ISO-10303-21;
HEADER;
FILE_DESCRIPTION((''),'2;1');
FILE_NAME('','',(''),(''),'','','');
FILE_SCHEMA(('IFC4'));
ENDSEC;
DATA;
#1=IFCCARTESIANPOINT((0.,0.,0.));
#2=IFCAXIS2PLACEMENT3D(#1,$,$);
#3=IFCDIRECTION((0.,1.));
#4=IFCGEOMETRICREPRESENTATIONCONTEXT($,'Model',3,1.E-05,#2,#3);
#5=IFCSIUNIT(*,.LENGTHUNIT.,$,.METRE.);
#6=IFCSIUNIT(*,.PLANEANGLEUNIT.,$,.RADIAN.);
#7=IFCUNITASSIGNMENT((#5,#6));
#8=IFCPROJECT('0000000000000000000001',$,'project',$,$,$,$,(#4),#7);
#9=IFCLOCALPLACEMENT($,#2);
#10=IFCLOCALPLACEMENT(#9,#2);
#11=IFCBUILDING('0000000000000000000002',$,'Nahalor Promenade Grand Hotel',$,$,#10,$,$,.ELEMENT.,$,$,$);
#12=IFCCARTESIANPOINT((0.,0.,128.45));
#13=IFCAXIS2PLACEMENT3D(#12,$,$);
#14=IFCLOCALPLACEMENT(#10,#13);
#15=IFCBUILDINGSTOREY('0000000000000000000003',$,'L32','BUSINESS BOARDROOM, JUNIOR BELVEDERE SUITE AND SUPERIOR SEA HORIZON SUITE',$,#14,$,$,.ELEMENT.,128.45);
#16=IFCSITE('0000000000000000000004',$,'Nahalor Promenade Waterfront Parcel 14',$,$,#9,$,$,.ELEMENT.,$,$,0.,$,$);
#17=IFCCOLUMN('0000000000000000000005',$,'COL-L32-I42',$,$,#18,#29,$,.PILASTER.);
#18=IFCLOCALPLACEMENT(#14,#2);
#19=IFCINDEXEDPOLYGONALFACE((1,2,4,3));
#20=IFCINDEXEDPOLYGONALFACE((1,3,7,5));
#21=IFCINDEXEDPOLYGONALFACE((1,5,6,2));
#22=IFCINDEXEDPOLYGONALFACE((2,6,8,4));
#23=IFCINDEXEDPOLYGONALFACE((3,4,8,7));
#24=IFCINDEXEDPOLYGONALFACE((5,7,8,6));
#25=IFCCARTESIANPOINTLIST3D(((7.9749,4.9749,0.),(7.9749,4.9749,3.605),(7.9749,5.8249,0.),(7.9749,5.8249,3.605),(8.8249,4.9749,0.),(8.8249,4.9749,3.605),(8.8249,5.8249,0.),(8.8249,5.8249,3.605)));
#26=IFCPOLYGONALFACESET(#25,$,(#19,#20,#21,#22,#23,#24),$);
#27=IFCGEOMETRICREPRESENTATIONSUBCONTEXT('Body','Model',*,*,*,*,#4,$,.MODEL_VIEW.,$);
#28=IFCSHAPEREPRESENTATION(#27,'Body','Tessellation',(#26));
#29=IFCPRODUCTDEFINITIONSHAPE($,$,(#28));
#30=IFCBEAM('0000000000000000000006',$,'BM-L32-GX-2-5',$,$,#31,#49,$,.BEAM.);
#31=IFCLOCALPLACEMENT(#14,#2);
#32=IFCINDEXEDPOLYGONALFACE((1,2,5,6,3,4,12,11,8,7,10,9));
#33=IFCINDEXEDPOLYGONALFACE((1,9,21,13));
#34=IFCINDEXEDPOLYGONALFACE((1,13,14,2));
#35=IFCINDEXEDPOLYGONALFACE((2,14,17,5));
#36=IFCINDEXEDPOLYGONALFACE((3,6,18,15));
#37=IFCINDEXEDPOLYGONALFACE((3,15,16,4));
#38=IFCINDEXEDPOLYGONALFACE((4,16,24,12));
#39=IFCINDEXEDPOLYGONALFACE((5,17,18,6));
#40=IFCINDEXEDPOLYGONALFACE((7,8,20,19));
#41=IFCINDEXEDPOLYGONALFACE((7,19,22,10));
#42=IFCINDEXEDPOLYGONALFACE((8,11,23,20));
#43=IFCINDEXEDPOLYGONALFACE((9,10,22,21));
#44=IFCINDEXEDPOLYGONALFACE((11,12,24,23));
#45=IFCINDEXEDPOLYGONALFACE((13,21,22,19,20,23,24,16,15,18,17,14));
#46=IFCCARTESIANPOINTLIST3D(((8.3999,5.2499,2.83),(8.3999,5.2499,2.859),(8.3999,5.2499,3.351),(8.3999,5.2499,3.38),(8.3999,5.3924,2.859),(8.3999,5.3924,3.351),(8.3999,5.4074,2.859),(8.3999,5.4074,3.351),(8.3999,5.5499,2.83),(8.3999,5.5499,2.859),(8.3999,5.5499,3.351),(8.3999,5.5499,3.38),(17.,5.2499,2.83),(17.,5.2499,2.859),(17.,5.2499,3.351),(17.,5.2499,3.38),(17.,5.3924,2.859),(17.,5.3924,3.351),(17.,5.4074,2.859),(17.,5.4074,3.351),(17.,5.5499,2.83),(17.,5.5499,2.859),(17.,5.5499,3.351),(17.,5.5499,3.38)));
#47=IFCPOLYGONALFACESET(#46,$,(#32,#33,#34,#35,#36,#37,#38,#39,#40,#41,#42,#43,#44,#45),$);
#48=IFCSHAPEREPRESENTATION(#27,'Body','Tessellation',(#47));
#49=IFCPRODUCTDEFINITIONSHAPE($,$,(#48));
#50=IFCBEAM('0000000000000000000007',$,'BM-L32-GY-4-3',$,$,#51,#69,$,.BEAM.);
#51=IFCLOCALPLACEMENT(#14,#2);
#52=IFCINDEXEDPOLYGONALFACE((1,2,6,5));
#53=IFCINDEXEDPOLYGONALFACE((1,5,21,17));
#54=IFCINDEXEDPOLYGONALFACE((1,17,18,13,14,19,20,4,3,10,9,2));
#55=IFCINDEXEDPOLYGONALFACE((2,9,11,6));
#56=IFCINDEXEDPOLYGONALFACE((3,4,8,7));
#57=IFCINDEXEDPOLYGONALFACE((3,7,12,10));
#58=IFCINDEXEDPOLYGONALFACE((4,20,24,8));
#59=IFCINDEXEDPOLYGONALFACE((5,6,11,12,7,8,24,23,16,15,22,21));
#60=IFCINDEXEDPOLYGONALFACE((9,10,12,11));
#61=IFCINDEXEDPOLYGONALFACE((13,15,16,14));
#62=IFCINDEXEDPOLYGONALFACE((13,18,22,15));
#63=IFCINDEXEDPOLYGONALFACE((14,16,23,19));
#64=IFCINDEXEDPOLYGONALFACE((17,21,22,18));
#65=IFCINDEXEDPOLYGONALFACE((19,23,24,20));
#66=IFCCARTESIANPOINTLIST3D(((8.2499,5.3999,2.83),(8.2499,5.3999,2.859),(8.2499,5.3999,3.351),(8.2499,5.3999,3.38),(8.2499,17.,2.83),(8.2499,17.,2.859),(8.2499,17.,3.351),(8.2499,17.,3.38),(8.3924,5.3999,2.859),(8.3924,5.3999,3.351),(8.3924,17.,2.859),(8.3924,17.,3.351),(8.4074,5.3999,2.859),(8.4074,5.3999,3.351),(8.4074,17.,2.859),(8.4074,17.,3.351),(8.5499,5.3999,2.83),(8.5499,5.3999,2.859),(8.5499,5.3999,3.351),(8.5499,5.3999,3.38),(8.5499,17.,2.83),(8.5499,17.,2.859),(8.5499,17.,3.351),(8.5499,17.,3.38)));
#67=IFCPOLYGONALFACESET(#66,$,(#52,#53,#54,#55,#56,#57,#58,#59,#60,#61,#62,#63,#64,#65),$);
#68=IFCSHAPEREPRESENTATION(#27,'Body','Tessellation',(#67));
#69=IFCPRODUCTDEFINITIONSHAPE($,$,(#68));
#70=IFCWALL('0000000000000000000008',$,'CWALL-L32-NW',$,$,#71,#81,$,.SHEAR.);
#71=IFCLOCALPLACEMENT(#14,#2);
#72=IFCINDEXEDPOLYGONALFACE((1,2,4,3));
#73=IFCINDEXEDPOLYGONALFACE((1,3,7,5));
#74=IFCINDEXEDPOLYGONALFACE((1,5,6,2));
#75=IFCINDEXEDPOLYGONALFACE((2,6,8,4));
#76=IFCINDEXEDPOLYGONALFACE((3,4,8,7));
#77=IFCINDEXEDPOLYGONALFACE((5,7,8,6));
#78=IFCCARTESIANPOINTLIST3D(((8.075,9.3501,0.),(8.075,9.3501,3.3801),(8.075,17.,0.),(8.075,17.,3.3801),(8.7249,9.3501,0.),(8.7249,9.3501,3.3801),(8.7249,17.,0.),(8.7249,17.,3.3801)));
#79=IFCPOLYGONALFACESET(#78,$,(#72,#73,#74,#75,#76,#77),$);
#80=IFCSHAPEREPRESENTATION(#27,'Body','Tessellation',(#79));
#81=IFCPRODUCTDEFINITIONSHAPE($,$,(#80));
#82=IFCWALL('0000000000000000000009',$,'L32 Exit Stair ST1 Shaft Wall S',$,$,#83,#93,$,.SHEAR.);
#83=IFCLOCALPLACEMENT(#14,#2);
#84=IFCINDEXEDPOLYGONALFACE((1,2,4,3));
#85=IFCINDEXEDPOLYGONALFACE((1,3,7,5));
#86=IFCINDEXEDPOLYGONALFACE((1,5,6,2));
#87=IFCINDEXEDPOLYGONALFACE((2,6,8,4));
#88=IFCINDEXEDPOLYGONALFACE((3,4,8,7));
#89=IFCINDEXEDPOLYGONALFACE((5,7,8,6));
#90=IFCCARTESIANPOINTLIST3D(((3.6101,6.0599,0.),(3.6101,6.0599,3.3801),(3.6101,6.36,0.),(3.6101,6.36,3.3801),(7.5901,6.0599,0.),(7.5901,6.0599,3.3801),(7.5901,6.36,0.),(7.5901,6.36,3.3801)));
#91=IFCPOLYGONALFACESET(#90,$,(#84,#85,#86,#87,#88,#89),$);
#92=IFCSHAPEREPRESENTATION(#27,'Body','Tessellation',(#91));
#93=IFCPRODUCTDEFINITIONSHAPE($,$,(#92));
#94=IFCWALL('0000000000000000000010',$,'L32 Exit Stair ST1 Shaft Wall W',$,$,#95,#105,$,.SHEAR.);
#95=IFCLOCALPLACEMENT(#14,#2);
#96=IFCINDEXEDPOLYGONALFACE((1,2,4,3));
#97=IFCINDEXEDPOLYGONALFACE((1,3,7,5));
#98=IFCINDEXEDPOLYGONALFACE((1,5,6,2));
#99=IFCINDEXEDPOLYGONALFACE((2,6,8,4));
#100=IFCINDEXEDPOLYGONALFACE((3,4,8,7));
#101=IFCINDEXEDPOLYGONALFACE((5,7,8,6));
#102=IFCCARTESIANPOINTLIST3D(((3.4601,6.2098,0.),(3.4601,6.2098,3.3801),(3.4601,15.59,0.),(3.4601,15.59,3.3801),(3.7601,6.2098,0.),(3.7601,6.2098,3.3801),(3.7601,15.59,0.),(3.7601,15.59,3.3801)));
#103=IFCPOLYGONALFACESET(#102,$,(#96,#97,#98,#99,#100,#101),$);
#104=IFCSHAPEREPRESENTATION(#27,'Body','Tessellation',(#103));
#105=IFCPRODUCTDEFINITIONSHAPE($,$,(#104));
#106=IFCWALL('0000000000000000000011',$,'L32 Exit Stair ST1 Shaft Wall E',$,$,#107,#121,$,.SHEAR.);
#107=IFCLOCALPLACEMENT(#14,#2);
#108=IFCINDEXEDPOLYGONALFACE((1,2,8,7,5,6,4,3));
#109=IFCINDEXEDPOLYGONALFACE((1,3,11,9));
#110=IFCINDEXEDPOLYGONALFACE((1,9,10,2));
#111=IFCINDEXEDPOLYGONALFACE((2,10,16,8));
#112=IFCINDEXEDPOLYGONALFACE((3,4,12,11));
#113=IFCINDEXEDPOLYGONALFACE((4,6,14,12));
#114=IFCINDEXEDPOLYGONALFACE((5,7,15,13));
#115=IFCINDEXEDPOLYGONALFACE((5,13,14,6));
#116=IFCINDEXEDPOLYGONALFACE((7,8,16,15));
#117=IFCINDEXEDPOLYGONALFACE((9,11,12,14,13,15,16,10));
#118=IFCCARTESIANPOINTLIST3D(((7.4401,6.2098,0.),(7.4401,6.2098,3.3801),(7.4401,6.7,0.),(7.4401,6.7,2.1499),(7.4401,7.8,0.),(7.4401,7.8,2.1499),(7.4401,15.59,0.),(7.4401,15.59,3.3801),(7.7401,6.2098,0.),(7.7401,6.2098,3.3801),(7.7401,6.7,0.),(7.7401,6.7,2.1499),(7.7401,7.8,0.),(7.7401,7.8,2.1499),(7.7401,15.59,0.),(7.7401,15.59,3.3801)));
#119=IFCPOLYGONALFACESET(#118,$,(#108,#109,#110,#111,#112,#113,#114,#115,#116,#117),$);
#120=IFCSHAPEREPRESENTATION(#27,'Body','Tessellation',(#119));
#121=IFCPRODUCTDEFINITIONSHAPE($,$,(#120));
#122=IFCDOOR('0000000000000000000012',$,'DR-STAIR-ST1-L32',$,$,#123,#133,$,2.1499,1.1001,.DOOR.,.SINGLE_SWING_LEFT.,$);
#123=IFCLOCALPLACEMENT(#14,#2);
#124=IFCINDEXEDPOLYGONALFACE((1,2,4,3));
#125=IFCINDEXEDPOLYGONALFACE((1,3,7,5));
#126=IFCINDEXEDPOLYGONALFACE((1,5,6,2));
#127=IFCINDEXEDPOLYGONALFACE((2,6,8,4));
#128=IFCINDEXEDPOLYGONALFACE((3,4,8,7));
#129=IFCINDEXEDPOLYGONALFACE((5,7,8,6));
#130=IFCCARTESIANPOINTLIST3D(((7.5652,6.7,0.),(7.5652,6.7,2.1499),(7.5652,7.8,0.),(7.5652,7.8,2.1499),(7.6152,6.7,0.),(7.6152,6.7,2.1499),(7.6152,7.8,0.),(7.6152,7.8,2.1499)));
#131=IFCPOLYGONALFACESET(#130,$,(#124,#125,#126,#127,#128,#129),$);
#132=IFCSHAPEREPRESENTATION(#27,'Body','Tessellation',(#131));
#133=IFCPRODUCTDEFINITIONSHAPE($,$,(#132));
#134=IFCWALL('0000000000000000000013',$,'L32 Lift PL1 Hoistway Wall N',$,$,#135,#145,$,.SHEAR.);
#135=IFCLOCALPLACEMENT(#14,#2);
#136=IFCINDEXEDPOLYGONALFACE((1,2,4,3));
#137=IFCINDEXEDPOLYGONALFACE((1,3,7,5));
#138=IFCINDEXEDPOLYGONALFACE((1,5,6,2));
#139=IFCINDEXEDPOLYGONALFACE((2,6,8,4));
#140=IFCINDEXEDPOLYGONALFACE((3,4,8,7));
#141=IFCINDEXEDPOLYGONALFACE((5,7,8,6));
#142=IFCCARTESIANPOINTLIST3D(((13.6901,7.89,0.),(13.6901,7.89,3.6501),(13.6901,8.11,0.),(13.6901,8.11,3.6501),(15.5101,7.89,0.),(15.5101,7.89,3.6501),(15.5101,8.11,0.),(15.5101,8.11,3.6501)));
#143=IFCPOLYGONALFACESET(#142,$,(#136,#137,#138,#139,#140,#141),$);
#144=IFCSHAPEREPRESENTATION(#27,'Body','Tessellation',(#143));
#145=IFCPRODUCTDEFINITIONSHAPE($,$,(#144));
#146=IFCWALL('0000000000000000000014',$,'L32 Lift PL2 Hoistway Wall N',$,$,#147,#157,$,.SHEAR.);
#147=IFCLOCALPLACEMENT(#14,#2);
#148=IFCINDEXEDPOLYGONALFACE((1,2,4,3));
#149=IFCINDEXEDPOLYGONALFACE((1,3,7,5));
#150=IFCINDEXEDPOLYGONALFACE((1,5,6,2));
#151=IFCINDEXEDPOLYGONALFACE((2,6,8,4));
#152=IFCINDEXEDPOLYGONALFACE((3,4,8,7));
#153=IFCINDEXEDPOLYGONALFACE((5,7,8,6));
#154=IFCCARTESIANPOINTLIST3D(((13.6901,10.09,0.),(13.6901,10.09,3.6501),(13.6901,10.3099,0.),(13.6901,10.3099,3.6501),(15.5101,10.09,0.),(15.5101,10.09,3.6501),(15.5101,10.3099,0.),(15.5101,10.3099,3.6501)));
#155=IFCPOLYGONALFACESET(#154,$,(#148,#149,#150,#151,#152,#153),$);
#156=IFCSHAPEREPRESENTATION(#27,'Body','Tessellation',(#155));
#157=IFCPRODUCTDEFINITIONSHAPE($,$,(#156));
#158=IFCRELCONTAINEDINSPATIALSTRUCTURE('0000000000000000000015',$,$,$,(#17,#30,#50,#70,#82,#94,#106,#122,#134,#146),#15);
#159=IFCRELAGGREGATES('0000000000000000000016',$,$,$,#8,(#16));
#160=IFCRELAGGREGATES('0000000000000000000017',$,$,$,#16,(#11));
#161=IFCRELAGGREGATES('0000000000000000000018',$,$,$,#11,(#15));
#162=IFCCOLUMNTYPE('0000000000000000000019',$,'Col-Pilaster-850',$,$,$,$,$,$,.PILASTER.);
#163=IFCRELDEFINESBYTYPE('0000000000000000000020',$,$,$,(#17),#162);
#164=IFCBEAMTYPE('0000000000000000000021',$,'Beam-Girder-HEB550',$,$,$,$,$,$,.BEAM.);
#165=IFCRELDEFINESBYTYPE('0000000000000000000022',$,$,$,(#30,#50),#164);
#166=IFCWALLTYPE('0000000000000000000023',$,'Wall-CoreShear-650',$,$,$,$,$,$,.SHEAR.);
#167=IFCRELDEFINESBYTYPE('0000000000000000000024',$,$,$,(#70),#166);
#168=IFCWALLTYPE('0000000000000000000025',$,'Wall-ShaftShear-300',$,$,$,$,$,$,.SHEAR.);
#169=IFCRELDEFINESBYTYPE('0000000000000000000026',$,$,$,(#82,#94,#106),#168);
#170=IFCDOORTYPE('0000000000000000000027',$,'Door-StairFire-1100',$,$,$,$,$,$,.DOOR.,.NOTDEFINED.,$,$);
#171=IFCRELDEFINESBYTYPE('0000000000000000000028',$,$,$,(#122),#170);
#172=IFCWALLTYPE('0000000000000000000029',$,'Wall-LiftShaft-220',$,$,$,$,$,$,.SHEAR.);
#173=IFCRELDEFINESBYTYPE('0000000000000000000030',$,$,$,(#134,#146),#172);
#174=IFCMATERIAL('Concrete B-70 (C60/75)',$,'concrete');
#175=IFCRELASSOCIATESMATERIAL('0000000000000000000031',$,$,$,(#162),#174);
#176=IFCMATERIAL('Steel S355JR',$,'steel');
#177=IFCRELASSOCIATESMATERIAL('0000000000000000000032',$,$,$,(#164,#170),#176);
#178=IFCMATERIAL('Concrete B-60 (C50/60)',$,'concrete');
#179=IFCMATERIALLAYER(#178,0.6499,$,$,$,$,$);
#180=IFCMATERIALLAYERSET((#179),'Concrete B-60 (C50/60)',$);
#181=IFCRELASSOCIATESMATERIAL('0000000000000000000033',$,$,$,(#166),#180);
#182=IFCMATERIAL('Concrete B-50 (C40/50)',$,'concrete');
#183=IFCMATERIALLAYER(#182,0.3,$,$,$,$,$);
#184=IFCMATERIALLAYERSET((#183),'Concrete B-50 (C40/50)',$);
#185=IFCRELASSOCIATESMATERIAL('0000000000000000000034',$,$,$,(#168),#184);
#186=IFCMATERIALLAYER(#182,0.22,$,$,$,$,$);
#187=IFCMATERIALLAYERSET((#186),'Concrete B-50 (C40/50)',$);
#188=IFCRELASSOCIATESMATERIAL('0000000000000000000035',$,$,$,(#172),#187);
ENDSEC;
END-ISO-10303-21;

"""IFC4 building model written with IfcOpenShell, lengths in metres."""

from ifc_helpers import new_model, si_unit, direction, frame, frame_2d, origin, origin_2d, place, context, subcontext, project, spatial, rectangle, i_section, extrude, source, transform, mapped, material, layer, layer_set, material_profile, profile_set, type_object, element, fill, save


model = new_model("IFC4")

# Units and contexts
model_context = context("Model", 3, precision=1e-05, world=origin(), true_north=direction((0.0, 1.0)))
body_context = subcontext(model_context, "Body", "Model", "MODEL_VIEW")
ifc_project = project(units=[si_unit("LENGTHUNIT", "METRE"), si_unit("PLANEANGLEUNIT", "RADIAN")], contexts=[model_context])

# Site, building, storey
site_placement = place(None, origin())
site = spatial("IfcSite", under=ifc_project, at=site_placement, Name="Nahalor Promenade Waterfront Parcel 14", CompositionType="ELEMENT", RefElevation=0.0)
building_placement = place(site_placement, origin())
building = spatial("IfcBuilding", under=site, at=building_placement, Name="Nahalor Promenade Grand Hotel", CompositionType="ELEMENT")
storey_placement = place(building_placement, frame((0.0, 0.0, 128.45)))
storey = spatial("IfcBuildingStorey", under=building, at=storey_placement, Name="L32", Description="BUSINESS BOARDROOM, JUNIOR BELVEDERE SUITE AND SUPERIOR SEA HORIZON SUITE", CompositionType="ELEMENT", Elevation=128.45)

# Column
ifc_material_1 = material(Name="Concrete B-70 (C60/75)", Category="concrete")
ifc_material_profile_1 = material_profile(ifc_material_1, rectangle(XDim=0.85, YDim=0.85, at=origin_2d()), Name="RC 850x850")
ifc_profile_set_1 = profile_set([ifc_material_profile_1], Name="Concrete B-70 (C60/75)")
column_type = type_object("IfcColumnType", Name="Col-Pilaster-850", PredefinedType="PILASTER", material=ifc_profile_set_1)
shared_shape_1 = source(origin(), body_context, "Body", "SweptSolid", [
    extrude(rectangle(XDim=0.85, YDim=0.85, at=origin_2d()), origin(), (0.0, 0.0, 1.0), 3.605),
])
column_placement = place(storey_placement, frame((8.3999, 5.3999, 0.0), z_axis=(0.0, 0.0, 1.0), x_axis=(1.0, 0.0, 0.0)))
element("IfcColumn", 1, at=column_placement, inside=storey, type_object=column_type, Name="COL-L32-I42", PredefinedType="PILASTER", context=body_context, shape_type="MappedRepresentation", body=[
    mapped(shared_shape_1, transform((0.0, 0.0, 0.0), scale=1.0)),
])

# Beams
ifc_material_2 = material(Name="Steel S355JR", Category="steel")
ifc_material_profile_2 = material_profile(ifc_material_2, i_section(OverallWidth=0.3, OverallDepth=0.55, WebThickness=0.015, FlangeThickness=0.029, at=origin_2d()), Name="HEB 550")
ifc_profile_set_2 = profile_set([ifc_material_profile_2], Name="Steel S355JR")
beam_type = type_object("IfcBeamType", Name="Beam-Girder-HEB550", PredefinedType="BEAM", material=ifc_profile_set_2)
shared_shape_2 = source(origin(), body_context, "Body", "SweptSolid", [
    extrude(i_section(OverallWidth=0.3, OverallDepth=0.55, WebThickness=0.015, FlangeThickness=0.029, at=origin_2d()), origin(), (0.0, 0.0, 1.0), 8.6001),
])
beam_1_placement = place(storey_placement, frame((8.3999, 5.3999, 3.105), z_axis=(1.0, 0.0, 0.0), x_axis=(0.0, 1.0, 0.0)))
element("IfcBeam", 2, at=beam_1_placement, inside=storey, type_object=beam_type, Name="BM-L32-GX-2-5", PredefinedType="BEAM", context=body_context, shape_type="MappedRepresentation", body=[
    mapped(shared_shape_2, transform((0.0, 0.0, 0.0), scale=1.0)),
])
shared_shape_3 = source(origin(), body_context, "Body", "SweptSolid", [
    extrude(i_section(OverallWidth=0.3, OverallDepth=0.55, WebThickness=0.015, FlangeThickness=0.029, at=origin_2d()), origin(), (0.0, 0.0, 1.0), 11.6001),
])
beam_2_placement = place(storey_placement, frame((8.3999, 5.3999, 3.105), z_axis=(0.0, 1.0, 0.0), x_axis=(-1.0, 0.0, 0.0)))
element("IfcBeam", 3, at=beam_2_placement, inside=storey, type_object=beam_type, Name="BM-L32-GY-4-3", PredefinedType="BEAM", context=body_context, shape_type="MappedRepresentation", body=[
    mapped(shared_shape_3, transform((0.0, 0.0, 0.0), scale=1.0)),
])

# Walls
ifc_material_3 = material(Name="Concrete B-60 (C50/60)", Category="concrete")
ifc_layer_1 = layer(ifc_material_3, 0.6499)
ifc_layer_set_1 = layer_set([ifc_layer_1], Name="Concrete B-60 (C50/60)")
wall_type_1 = type_object("IfcWallType", Name="Wall-CoreShear-650", PredefinedType="SHEAR", material=ifc_layer_set_1)
shared_shape_4 = source(origin(), body_context, "Body", "SweptSolid", [
    extrude(rectangle(XDim=7.6499, YDim=0.6499, at=frame_2d((3.825, 0.0))), origin(), (0.0, 0.0, 1.0), 3.3801),
])
wall_1_placement = place(storey_placement, frame((8.3999, 9.3501, 0.0), z_axis=(0.0, 0.0, 1.0), x_axis=(0.0, 1.0, 0.0)))
element("IfcWall", 4, at=wall_1_placement, inside=storey, type_object=wall_type_1, Name="CWALL-L32-NW", PredefinedType="SHEAR", context=body_context, shape_type="MappedRepresentation", body=[
    mapped(shared_shape_4, transform((0.0, 0.0, 0.0), scale=1.0)),
])
ifc_material_4 = material(Name="Concrete B-50 (C40/50)", Category="concrete")
ifc_layer_2 = layer(ifc_material_4, 0.3)
ifc_layer_set_2 = layer_set([ifc_layer_2], Name="Concrete B-50 (C40/50)")
wall_type_2 = type_object("IfcWallType", Name="Wall-ShaftShear-300", PredefinedType="SHEAR", material=ifc_layer_set_2)
shared_shape_5 = source(origin(), body_context, "Body", "SweptSolid", [
    extrude(rectangle(XDim=3.98, YDim=0.3, at=frame_2d((1.99, 0.0))), origin(), (0.0, 0.0, 1.0), 3.3801),
])
wall_2_placement = place(storey_placement, frame((3.6101, 6.21, 0.0), z_axis=(0.0, 0.0, 1.0), x_axis=(1.0, 0.0, 0.0)))
element("IfcWall", 5, at=wall_2_placement, inside=storey, type_object=wall_type_2, Name="L32 Exit Stair ST1 Shaft Wall S", PredefinedType="SHEAR", context=body_context, shape_type="MappedRepresentation", body=[
    mapped(shared_shape_5, transform((0.0, 0.0, 0.0), scale=1.0)),
])
shared_shape_6 = source(origin(), body_context, "Body", "SweptSolid", [
    extrude(rectangle(XDim=9.3801, YDim=0.3, at=frame_2d((4.6899, 0.0))), origin(), (0.0, 0.0, 1.0), 3.3801),
])
wall_3_placement = place(storey_placement, frame((3.6101, 6.21, 0.0), z_axis=(0.0, 0.0, 1.0), x_axis=(0.0, 1.0, 0.0)))
element("IfcWall", 6, at=wall_3_placement, inside=storey, type_object=wall_type_2, Name="L32 Exit Stair ST1 Shaft Wall W", PredefinedType="SHEAR", context=body_context, shape_type="MappedRepresentation", body=[
    mapped(shared_shape_6, transform((0.0, 0.0, 0.0), scale=1.0)),
])

# Wall, opening, door
wall_4_placement = place(storey_placement, frame((7.5901, 6.21, 0.0), z_axis=(0.0, 0.0, 1.0), x_axis=(0.0, 1.0, 0.0)))
wall_4 = element("IfcWall", 7, at=wall_4_placement, inside=storey, type_object=wall_type_2, Name="L32 Exit Stair ST1 Shaft Wall E", PredefinedType="SHEAR", context=body_context, shape_type="MappedRepresentation", body=[
    mapped(shared_shape_6, transform((0.0, 0.0, 0.0), scale=1.0)),
])
opening_1_placement = place(wall_4_placement, frame((0.49, 0.0, 0.0)))
opening_1 = element("IfcOpeningElement", 8, at=opening_1_placement, cuts=wall_4, PredefinedType="OPENING", context=body_context, shape_type="SweptSolid", body=[
    extrude(rectangle(XDim=1.1001, YDim=2.1499, at=frame_2d((0.55, 1.075))), frame((0.0, 0.1599, 0.0), z_axis=(0.0, -1.0, 0.0), x_axis=(1.0, 0.0, 0.0)), (0.0, 0.0, 1.0), 0.3201),
])
door_type_1 = type_object("IfcDoorType", Name="Door-StairFire-1100", OperationType="NOTDEFINED", PredefinedType="DOOR", material=ifc_material_2)
shared_shape_7 = source(origin(), body_context, "Body", "SweptSolid", [
    extrude(rectangle(XDim=1.1001, YDim=2.1499, at=frame_2d((0.55, 1.075))), frame((0.0, 0.0249, 0.0), z_axis=(0.0, -1.0, 0.0), x_axis=(1.0, 0.0, 0.0)), (0.0, 0.0, 1.0), 0.05),
])
door_1_placement = place(opening_1_placement, origin())
door_1 = element("IfcDoor", 9, at=door_1_placement, inside=storey, type_object=door_type_1, Name="DR-STAIR-ST1-L32", OperationType="SINGLE_SWING_LEFT", OverallHeight=2.1499, OverallWidth=1.1001, PredefinedType="DOOR", context=body_context, shape_type="MappedRepresentation", body=[
    mapped(shared_shape_7, transform((0.0, 0.0, 0.0), scale=1.0)),
])
fill(opening_1, door_1)

# Walls
ifc_layer_3 = layer(ifc_material_4, 0.22)
ifc_layer_set_3 = layer_set([ifc_layer_3], Name="Concrete B-50 (C40/50)")
wall_type_3 = type_object("IfcWallType", Name="Wall-LiftShaft-220", PredefinedType="SHEAR", material=ifc_layer_set_3)
shared_shape_8 = source(origin(), body_context, "Body", "SweptSolid", [
    extrude(rectangle(XDim=1.8201, YDim=0.22, at=frame_2d((0.9102, 0.0))), origin(), (0.0, 0.0, 1.0), 3.6501),
])
for number, where, z_axis, x_axis, name in (
    (10, (13.6899, 8.0, 0.0), (0.0, 0.0, 1.0), (1.0, 0.0, 0.0), "L32 Lift PL1 Hoistway Wall N"),
    (11, (13.6899, 10.2, 0.0), (0.0, 0.0, 1.0), (1.0, 0.0, 0.0), "L32 Lift PL2 Hoistway Wall N"),
):
    element("IfcWall", number, at=place(storey_placement, frame(where, z_axis=z_axis, x_axis=x_axis)), inside=storey, type_object=wall_type_3, Name=name, PredefinedType="SHEAR", context=body_context, shape_type="MappedRepresentation", body=[
        mapped(shared_shape_8, transform((0.0, 0.0, 0.0), scale=1.0)),
    ])

save(model, "model.ifc")
